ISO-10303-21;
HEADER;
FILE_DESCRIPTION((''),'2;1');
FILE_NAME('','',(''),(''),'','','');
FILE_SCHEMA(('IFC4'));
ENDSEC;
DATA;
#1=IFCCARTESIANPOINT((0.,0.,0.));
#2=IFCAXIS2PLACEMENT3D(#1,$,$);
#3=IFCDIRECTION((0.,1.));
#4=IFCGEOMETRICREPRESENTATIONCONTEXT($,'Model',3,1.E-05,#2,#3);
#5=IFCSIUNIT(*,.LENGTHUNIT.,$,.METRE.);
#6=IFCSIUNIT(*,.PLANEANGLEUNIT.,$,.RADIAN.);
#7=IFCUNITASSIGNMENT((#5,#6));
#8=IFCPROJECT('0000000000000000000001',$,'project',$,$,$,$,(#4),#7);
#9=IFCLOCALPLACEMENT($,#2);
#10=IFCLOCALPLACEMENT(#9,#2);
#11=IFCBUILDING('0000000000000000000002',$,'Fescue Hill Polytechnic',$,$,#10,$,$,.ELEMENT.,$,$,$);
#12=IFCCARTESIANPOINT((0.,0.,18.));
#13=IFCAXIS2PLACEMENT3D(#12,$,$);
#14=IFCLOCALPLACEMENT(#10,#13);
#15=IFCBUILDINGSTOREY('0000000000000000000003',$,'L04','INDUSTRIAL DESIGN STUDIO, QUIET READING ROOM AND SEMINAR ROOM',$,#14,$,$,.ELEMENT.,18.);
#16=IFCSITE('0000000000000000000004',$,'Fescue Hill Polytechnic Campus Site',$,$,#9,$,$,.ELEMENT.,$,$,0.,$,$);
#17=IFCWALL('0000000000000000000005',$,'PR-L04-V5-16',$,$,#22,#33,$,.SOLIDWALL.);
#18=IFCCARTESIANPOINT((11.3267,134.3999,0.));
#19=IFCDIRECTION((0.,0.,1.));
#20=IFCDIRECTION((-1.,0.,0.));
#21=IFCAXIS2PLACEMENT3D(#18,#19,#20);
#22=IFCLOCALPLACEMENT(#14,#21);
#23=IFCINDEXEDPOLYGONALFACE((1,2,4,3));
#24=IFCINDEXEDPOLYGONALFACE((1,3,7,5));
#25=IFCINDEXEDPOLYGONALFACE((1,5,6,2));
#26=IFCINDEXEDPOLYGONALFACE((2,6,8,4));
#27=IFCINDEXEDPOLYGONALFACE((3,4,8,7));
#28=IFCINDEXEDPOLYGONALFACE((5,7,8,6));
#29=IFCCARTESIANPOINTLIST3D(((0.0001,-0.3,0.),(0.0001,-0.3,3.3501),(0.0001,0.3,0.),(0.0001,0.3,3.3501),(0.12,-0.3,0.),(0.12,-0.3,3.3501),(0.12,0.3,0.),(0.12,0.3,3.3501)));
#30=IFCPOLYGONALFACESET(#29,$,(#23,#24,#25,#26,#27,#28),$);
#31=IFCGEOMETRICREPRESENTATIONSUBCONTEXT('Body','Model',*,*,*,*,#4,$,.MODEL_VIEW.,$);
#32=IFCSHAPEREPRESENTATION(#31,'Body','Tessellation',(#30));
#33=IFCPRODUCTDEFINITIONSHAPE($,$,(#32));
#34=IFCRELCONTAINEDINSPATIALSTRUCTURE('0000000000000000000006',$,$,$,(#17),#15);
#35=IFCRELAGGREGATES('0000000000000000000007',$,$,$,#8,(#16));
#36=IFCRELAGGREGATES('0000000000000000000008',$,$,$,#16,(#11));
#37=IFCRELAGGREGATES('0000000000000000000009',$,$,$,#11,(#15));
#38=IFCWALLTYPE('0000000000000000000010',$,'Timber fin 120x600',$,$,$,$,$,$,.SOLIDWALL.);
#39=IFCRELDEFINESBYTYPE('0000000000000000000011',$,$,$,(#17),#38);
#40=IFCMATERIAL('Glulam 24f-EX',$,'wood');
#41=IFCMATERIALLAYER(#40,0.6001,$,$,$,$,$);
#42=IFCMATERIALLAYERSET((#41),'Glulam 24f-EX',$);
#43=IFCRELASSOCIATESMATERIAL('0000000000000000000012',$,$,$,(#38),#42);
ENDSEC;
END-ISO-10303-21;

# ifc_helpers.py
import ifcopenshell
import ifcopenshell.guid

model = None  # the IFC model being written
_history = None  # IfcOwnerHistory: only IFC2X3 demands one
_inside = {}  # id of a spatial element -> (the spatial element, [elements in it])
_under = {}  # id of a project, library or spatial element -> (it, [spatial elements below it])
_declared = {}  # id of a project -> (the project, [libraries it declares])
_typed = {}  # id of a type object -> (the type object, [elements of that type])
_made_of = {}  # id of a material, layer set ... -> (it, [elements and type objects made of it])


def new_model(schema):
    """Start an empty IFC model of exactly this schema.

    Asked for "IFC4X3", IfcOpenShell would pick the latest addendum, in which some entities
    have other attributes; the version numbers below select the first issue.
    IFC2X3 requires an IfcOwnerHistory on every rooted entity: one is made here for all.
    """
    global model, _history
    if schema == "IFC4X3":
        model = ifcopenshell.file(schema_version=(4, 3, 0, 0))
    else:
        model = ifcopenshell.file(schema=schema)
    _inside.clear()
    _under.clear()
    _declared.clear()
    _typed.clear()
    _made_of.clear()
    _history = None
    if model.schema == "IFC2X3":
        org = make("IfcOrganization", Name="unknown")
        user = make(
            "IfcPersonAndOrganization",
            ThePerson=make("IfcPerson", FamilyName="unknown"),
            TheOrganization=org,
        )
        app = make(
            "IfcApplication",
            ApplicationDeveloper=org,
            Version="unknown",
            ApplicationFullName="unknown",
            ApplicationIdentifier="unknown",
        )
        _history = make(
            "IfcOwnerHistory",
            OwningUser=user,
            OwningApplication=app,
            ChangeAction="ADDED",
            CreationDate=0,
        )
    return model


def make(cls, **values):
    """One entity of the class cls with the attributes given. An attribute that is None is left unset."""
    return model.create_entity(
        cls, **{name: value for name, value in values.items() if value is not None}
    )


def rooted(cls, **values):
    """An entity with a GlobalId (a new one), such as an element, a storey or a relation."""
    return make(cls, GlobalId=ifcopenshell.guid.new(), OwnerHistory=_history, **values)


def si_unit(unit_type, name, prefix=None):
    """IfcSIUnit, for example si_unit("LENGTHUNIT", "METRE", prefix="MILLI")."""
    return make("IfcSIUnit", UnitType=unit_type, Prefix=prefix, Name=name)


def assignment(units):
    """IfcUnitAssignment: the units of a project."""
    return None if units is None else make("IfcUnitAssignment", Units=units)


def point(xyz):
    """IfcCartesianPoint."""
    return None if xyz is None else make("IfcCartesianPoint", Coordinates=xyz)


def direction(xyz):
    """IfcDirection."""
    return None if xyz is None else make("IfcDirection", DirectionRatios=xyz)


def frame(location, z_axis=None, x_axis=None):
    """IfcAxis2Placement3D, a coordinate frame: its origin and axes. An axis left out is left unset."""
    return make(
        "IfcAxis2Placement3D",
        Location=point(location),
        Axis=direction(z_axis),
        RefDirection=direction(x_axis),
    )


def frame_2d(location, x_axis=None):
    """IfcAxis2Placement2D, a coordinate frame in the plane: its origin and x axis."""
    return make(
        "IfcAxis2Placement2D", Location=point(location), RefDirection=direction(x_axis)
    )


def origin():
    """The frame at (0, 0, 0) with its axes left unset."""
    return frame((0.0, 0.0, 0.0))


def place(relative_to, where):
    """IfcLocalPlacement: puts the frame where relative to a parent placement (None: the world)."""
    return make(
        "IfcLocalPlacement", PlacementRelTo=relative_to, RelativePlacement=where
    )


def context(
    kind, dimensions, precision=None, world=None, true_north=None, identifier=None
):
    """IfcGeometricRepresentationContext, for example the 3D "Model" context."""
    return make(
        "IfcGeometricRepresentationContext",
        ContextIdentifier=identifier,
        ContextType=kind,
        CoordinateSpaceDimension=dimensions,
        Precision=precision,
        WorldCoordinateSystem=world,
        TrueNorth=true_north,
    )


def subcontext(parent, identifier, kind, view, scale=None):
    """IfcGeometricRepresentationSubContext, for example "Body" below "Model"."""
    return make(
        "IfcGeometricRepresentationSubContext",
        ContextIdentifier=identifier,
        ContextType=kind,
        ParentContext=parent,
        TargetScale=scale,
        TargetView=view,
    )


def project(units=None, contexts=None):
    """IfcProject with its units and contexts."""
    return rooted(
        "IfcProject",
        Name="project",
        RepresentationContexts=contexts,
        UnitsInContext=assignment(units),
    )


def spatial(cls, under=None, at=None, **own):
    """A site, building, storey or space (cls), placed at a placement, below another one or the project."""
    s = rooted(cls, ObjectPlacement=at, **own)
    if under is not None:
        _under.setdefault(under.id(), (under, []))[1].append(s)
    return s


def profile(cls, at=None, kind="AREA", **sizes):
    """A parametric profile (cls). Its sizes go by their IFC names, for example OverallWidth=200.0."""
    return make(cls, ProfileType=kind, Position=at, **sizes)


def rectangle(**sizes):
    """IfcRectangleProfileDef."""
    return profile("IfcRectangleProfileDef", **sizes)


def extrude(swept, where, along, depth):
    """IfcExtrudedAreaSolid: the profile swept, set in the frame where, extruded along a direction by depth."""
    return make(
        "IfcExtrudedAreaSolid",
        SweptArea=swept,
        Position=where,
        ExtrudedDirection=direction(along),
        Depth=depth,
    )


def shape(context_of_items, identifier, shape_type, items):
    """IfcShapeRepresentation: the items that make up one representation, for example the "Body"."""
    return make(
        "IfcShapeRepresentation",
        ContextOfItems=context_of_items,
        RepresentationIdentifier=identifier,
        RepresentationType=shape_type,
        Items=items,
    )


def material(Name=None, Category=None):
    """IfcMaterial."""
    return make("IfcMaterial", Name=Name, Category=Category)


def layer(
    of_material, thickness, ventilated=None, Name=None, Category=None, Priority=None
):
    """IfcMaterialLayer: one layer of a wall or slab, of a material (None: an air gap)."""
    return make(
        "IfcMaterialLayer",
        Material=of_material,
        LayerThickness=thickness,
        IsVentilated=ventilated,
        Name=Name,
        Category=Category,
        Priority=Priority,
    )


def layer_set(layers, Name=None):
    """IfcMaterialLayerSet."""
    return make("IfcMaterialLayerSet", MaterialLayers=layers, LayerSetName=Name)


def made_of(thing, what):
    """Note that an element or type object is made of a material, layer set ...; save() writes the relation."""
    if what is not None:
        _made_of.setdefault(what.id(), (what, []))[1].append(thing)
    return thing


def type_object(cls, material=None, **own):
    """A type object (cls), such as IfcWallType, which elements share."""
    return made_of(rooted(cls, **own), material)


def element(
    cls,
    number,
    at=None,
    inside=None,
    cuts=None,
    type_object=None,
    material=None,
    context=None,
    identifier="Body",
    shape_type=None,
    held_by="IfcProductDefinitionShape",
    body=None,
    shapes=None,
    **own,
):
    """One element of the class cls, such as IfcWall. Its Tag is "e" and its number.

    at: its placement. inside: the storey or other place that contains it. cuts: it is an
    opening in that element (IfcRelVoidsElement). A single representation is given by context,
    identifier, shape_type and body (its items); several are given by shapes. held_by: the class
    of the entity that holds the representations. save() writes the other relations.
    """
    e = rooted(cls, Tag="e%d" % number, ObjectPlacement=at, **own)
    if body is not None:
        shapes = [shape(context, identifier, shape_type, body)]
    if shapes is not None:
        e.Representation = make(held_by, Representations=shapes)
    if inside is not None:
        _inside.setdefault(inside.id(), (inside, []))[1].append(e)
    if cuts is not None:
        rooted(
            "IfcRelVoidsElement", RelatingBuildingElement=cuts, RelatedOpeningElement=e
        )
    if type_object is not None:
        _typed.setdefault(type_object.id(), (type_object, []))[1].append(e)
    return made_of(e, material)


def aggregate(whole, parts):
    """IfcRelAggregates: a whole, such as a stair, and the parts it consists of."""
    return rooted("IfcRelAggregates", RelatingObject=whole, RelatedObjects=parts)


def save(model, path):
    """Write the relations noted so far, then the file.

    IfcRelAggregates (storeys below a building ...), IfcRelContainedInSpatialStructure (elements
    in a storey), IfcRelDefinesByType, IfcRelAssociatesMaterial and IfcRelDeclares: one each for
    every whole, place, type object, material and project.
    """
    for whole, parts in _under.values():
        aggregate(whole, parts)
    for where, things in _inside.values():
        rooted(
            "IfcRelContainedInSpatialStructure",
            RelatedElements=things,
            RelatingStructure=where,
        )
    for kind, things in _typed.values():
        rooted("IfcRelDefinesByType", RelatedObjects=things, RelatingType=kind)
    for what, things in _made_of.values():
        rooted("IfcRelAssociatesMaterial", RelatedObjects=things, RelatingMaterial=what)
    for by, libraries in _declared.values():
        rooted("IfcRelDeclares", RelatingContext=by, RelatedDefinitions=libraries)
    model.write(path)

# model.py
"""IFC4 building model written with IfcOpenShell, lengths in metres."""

from ifc_helpers import new_model, si_unit, direction, frame, frame_2d, origin, place, context, subcontext, project, spatial, rectangle, extrude, material, layer, layer_set, type_object, element, save


model = new_model("IFC4")

# Units and contexts
model_context = context("Model", 3, precision=1e-05, world=origin(), true_north=direction((0.0, 1.0)))
body_context = subcontext(model_context, "Body", "Model", "MODEL_VIEW")
ifc_project = project(units=[si_unit("LENGTHUNIT", "METRE"), si_unit("PLANEANGLEUNIT", "RADIAN")], contexts=[model_context])

# Site, building, storey
site_placement = place(None, origin())
site = spatial("IfcSite", under=ifc_project, at=site_placement, Name="Fescue Hill Polytechnic Campus Site", CompositionType="ELEMENT", RefElevation=0.0)
building_placement = place(site_placement, origin())
building = spatial("IfcBuilding", under=site, at=building_placement, Name="Fescue Hill Polytechnic", CompositionType="ELEMENT")
storey_placement = place(building_placement, frame((0.0, 0.0, 18.0)))
storey = spatial("IfcBuildingStorey", under=building, at=storey_placement, Name="L04", Description="INDUSTRIAL DESIGN STUDIO, QUIET READING ROOM AND SEMINAR ROOM", CompositionType="ELEMENT", Elevation=18.0)

# Wall
ifc_material_1 = material(Name="Glulam 24f-EX", Category="wood")
ifc_layer_1 = layer(ifc_material_1, 0.6001)
ifc_layer_set_1 = layer_set([ifc_layer_1], Name="Glulam 24f-EX")
wall_type_1 = type_object("IfcWallType", Name="Timber fin 120x600", PredefinedType="SOLIDWALL", material=ifc_layer_set_1)
wall_1_placement = place(storey_placement, frame((11.3267, 134.3999, 0.0), z_axis=(0.0, 0.0, 1.0), x_axis=(-1.0, 0.0, 0.0)))
element("IfcWall", 1, at=wall_1_placement, inside=storey, type_object=wall_type_1, Name="PR-L04-V5-16", PredefinedType="SOLIDWALL", context=body_context, shape_type="SweptSolid", body=[
    extrude(rectangle(XDim=0.1199, YDim=0.6001, at=frame_2d((0.0601, 0.0))), origin(), (0.0, 0.0, 1.0), 3.3501),
])

save(model, "model.ifc")
